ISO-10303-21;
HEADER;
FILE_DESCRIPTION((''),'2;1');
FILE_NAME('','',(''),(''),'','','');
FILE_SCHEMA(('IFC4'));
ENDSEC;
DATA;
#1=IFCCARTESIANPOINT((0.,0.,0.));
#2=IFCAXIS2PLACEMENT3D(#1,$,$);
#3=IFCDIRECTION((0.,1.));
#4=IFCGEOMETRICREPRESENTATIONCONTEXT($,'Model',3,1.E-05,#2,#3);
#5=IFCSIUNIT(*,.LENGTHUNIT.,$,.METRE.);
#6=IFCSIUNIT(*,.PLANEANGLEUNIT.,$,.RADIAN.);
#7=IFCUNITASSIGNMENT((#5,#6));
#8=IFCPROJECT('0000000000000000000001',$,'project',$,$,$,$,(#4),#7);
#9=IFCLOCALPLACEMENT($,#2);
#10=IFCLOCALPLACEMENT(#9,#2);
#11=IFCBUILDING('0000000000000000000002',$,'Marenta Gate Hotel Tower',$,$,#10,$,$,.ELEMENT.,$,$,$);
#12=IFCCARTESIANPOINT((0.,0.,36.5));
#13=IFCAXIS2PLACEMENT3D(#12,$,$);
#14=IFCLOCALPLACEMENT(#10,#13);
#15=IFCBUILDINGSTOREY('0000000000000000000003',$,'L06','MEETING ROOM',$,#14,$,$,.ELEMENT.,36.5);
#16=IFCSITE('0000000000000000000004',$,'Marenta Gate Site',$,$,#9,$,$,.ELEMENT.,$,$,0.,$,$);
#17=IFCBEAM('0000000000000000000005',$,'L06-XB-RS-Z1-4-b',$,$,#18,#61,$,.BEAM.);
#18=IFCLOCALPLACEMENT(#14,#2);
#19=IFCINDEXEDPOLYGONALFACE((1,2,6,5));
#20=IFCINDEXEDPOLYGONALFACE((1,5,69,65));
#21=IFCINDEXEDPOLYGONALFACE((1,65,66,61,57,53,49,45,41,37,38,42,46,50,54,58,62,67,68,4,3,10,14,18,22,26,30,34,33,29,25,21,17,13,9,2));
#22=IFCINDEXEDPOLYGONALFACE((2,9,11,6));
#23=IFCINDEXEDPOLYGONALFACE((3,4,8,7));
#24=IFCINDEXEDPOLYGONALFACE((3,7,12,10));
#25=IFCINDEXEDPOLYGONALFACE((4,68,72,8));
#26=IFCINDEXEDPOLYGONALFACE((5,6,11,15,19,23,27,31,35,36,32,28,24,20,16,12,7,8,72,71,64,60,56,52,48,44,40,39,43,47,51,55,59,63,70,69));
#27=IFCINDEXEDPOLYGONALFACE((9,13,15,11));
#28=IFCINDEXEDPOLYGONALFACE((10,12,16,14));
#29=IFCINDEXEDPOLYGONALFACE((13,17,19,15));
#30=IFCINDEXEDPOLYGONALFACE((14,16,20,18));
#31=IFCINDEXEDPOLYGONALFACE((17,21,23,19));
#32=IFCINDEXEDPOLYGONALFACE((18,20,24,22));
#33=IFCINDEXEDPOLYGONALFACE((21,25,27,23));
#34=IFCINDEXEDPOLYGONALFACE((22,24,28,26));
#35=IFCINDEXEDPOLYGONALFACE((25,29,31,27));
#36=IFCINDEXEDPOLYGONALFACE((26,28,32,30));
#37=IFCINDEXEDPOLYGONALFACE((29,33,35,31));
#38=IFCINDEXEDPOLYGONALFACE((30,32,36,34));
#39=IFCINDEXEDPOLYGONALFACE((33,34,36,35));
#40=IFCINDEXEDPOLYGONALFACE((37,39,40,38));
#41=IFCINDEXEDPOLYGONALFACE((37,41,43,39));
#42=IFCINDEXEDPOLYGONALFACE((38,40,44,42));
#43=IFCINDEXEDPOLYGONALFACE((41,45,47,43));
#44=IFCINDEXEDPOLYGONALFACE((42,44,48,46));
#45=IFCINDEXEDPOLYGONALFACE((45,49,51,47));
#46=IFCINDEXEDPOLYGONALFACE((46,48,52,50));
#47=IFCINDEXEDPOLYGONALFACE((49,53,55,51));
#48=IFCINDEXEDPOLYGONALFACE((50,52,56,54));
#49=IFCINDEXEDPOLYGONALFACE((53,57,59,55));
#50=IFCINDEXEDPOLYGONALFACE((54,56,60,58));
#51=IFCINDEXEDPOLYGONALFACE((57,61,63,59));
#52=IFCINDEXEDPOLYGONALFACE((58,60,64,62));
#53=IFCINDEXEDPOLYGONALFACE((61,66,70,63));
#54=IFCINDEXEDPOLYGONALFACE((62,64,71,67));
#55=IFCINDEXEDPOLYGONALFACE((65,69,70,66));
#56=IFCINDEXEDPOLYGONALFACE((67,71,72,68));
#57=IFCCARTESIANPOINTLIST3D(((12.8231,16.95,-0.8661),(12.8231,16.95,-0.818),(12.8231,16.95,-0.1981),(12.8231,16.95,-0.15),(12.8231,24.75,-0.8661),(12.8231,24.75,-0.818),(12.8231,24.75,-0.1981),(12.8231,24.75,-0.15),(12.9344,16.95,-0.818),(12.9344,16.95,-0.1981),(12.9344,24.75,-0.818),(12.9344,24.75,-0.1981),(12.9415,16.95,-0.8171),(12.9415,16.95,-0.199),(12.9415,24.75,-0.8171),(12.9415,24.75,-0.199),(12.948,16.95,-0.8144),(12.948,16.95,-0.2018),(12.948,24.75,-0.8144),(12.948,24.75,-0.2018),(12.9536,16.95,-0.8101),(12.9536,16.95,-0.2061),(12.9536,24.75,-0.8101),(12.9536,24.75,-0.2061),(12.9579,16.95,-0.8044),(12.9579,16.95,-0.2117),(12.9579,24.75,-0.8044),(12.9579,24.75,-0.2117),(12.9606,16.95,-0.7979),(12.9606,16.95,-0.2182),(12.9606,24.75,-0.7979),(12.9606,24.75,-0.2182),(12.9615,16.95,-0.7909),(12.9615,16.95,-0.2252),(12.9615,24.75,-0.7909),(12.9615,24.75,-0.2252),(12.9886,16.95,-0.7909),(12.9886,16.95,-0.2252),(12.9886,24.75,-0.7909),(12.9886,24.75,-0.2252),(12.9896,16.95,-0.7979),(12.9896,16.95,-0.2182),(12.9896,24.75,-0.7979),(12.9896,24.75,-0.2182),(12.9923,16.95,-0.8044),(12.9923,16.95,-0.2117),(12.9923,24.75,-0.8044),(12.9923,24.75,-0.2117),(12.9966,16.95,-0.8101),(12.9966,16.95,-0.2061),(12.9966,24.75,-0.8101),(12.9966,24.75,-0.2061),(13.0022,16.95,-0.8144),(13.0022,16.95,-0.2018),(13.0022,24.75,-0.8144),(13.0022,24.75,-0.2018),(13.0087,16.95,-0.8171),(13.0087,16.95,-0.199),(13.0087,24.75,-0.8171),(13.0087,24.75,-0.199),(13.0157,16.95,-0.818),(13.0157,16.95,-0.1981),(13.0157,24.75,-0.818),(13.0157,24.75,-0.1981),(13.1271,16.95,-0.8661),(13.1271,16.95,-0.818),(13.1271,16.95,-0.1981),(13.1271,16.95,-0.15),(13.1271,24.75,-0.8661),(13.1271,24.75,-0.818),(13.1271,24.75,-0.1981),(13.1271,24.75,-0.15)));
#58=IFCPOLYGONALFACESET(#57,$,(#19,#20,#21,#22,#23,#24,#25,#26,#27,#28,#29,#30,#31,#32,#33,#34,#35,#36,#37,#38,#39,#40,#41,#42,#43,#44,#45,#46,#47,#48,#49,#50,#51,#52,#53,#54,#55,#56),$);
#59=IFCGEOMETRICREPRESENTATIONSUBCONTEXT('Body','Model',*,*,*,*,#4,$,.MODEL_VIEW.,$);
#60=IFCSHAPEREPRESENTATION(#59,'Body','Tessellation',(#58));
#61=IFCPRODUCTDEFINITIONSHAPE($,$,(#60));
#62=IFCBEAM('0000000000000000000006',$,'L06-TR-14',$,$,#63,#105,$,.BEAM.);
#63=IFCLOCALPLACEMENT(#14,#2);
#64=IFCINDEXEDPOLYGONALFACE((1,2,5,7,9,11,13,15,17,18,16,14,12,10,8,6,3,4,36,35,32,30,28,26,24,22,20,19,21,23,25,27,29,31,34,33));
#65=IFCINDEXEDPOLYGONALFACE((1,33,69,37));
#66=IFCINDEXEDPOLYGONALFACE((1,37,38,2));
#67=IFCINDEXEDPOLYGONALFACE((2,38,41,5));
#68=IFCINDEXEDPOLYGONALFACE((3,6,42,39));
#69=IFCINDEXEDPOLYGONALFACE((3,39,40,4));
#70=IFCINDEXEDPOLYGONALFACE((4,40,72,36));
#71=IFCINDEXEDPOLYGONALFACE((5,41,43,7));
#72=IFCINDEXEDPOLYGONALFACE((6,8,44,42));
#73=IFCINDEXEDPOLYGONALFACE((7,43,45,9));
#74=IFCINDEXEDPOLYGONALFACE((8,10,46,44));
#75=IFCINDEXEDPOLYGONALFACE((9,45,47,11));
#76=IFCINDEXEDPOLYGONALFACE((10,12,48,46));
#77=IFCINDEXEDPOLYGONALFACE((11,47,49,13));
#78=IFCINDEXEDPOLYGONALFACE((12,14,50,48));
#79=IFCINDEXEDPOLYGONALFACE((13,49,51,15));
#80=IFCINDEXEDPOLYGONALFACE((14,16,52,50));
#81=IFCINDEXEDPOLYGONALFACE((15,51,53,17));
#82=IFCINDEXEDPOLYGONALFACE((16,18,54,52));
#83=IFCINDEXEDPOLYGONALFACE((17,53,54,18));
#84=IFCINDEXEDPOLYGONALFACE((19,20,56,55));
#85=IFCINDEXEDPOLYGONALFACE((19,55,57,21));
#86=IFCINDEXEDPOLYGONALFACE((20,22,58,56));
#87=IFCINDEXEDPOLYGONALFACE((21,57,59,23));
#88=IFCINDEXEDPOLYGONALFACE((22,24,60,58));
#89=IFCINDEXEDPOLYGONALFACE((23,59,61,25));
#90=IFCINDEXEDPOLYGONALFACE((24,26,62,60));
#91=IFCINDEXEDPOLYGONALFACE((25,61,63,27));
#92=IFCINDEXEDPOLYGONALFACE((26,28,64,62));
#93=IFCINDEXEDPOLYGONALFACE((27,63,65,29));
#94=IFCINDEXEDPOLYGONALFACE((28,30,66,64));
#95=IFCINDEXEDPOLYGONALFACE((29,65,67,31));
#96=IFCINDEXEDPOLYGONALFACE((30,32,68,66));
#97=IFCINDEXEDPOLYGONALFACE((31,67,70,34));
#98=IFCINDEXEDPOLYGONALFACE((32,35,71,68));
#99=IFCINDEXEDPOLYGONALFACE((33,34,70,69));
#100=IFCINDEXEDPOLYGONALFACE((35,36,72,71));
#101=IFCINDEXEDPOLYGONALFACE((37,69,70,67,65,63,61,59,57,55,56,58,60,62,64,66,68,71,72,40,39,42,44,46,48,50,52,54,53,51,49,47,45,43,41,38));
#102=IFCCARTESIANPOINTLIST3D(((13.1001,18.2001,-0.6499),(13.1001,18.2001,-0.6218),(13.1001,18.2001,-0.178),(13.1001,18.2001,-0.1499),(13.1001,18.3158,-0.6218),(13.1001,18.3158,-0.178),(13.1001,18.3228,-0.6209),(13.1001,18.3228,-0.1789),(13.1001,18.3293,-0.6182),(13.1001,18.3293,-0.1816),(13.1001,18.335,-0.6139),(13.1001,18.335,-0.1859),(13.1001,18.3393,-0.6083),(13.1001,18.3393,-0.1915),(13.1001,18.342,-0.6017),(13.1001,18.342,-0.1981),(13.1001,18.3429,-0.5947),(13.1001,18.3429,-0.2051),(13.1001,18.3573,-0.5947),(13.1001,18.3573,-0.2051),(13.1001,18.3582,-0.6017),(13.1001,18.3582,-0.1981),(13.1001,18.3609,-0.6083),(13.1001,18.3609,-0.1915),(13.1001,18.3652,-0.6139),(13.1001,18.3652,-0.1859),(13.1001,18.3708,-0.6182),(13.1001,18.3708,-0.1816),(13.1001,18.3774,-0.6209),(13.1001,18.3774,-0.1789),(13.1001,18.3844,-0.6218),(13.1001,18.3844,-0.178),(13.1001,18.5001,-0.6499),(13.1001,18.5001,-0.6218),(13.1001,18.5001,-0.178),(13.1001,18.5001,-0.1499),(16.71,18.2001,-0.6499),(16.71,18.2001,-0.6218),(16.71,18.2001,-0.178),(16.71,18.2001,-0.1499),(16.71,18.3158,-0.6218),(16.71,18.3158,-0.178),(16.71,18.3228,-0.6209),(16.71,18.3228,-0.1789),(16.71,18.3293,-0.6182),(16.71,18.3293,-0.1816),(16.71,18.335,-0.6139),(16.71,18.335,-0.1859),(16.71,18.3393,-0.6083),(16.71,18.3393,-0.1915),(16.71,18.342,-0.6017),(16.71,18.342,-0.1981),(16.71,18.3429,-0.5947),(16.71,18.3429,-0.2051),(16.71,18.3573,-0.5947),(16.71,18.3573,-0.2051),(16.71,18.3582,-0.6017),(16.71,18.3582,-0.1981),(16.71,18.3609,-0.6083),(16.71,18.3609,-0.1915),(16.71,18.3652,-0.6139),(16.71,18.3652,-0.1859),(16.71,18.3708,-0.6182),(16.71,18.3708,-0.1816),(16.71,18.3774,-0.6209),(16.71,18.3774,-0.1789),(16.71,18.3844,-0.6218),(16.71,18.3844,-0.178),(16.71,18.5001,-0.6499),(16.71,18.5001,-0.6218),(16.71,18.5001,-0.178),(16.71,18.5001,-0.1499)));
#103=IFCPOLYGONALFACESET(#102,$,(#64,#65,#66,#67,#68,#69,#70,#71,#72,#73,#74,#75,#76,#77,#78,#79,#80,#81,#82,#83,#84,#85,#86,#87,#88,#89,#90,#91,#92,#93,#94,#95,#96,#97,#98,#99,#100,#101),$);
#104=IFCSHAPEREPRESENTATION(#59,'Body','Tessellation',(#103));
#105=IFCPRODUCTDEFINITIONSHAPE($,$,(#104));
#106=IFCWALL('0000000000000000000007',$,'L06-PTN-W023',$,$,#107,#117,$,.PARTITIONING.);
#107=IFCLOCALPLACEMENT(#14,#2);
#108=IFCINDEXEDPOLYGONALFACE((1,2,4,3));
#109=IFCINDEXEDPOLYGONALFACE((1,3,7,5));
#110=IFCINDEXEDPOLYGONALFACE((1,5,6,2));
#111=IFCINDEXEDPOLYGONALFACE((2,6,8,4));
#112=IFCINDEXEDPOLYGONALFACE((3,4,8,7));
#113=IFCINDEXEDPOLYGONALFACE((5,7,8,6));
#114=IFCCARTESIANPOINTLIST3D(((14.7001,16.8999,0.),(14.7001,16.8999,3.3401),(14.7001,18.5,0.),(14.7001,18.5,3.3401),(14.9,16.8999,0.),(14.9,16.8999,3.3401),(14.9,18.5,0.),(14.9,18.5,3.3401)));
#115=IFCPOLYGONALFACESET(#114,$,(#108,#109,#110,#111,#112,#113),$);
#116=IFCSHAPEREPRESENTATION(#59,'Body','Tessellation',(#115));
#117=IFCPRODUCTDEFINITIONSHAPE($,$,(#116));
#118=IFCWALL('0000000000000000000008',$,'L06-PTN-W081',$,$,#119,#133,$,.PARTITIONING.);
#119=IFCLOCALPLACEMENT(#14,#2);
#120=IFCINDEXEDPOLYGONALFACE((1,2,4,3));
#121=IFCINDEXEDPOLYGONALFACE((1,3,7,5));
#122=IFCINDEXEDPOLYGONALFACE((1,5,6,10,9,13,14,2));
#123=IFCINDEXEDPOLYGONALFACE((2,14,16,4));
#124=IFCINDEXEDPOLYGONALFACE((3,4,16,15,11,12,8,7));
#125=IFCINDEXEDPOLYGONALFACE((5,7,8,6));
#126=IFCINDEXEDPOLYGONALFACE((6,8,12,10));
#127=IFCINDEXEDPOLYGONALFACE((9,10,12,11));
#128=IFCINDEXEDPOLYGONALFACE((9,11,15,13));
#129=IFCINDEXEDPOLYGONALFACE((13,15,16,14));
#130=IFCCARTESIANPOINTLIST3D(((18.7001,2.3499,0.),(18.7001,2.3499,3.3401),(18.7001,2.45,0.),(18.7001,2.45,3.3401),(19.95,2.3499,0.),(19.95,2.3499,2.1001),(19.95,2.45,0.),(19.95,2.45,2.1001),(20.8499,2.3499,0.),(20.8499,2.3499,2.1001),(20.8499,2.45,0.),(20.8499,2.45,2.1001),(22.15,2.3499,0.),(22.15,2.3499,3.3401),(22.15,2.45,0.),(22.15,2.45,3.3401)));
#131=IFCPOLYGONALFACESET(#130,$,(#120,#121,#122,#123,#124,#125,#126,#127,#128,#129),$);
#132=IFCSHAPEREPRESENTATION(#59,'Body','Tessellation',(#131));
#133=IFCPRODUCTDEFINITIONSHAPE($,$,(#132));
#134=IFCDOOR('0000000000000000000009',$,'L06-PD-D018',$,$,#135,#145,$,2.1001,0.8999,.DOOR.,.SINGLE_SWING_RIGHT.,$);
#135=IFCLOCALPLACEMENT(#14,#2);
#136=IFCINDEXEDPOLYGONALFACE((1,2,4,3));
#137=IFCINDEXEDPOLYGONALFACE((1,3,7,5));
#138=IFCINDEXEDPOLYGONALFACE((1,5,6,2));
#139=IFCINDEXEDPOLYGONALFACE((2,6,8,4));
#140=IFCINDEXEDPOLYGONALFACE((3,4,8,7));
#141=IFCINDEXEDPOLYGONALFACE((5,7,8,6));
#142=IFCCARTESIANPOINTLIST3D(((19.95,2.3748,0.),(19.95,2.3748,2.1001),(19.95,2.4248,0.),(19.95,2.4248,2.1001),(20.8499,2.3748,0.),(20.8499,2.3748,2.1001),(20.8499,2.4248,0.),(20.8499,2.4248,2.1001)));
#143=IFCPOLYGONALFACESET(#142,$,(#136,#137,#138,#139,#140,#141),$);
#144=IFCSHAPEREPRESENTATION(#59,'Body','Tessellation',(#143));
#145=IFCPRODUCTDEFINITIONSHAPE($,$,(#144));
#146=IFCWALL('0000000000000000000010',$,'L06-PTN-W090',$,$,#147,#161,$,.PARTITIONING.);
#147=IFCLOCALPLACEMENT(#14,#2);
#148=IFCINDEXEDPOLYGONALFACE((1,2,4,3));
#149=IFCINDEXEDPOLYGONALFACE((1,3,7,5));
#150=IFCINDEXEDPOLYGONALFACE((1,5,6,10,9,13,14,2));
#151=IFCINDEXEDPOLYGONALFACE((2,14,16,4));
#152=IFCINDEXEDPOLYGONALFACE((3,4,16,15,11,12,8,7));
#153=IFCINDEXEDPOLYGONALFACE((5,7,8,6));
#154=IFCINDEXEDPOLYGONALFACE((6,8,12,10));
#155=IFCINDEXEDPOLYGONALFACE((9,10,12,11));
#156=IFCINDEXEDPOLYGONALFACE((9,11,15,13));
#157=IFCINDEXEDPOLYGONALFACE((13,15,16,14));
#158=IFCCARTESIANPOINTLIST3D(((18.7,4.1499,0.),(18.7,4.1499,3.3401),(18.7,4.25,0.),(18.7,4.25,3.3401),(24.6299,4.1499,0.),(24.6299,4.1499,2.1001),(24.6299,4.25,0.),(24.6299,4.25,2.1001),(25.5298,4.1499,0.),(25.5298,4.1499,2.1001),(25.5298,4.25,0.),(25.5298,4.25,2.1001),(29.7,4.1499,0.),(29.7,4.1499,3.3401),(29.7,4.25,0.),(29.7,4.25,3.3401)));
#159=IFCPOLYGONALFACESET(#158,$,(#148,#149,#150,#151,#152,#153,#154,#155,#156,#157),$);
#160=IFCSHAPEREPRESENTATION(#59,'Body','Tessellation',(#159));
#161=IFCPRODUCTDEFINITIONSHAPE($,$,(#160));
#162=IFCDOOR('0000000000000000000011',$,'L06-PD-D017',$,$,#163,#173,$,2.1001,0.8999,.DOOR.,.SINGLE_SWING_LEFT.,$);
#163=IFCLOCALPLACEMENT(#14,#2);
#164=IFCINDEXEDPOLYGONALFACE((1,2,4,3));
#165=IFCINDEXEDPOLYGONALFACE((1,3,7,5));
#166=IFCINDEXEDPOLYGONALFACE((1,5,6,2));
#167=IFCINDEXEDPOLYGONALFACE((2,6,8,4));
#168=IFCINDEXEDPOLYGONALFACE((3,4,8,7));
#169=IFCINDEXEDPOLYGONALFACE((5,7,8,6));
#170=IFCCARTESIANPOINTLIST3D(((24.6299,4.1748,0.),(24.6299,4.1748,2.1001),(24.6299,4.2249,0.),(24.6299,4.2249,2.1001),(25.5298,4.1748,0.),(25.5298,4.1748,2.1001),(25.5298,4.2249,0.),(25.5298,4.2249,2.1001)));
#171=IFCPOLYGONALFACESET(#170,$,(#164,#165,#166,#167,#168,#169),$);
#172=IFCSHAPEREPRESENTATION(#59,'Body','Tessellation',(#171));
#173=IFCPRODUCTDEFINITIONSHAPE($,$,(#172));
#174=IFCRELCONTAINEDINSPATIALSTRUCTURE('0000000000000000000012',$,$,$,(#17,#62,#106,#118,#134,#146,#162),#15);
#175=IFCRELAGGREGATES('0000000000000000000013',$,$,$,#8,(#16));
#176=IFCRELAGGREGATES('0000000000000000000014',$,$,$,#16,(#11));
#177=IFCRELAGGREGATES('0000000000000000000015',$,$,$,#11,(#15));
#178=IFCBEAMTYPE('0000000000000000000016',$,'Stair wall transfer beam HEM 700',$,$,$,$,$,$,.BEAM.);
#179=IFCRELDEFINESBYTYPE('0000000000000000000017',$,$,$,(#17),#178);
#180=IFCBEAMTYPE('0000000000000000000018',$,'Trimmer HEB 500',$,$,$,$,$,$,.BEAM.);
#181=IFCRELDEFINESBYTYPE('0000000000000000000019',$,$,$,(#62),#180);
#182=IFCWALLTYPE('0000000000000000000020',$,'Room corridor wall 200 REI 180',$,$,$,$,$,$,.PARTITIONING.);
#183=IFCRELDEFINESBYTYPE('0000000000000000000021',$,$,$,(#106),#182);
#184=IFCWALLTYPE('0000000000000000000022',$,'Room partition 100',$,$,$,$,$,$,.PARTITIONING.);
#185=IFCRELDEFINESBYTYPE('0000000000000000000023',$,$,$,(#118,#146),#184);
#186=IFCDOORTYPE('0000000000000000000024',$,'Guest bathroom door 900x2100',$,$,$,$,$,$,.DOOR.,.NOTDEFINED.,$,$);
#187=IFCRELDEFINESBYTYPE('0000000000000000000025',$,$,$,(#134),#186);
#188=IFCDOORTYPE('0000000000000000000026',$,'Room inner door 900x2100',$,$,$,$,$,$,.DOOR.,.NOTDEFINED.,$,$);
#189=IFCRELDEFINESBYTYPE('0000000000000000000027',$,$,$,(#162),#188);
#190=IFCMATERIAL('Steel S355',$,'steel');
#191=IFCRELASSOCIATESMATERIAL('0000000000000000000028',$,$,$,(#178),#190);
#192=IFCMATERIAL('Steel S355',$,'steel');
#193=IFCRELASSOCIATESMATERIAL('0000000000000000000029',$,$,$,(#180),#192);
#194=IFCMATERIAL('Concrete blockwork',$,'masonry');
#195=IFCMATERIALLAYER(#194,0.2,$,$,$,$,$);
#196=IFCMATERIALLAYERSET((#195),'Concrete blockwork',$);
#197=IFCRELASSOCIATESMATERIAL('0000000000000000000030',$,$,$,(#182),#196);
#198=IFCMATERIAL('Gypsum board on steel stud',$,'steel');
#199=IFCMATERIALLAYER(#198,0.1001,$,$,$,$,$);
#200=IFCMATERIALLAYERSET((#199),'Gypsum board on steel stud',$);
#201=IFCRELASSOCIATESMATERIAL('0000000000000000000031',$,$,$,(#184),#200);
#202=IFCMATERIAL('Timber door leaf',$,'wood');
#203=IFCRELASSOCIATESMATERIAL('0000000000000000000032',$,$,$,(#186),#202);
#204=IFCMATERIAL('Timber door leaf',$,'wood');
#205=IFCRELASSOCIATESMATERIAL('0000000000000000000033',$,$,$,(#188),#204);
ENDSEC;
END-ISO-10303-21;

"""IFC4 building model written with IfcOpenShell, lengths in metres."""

from ifc_helpers import new_model, si_unit, direction, frame, frame_2d, origin, origin_2d, place, context, subcontext, project, spatial, rectangle, i_section, extrude, material, layer, layer_set, material_profile, profile_set, type_object, element, fill, save


model = new_model("IFC4")

# Units and contexts
model_context = context("Model", 3, precision=1e-05, world=origin(), true_north=direction((0.0, 1.0)))
body_context = subcontext(model_context, "Body", "Model", "MODEL_VIEW")
ifc_project = project(units=[si_unit("LENGTHUNIT", "METRE"), si_unit("PLANEANGLEUNIT", "RADIAN")], contexts=[model_context])

# Site, building, storey
site_placement = place(None, origin())
site = spatial("IfcSite", under=ifc_project, at=site_placement, Name="Marenta Gate Site", CompositionType="ELEMENT", RefElevation=0.0)
building_placement = place(site_placement, origin())
building = spatial("IfcBuilding", under=site, at=building_placement, Name="Marenta Gate Hotel Tower", CompositionType="ELEMENT")
storey_placement = place(building_placement, frame((0.0, 0.0, 36.5)))
storey = spatial("IfcBuildingStorey", under=building, at=storey_placement, Name="L06", Description="MEETING ROOM", CompositionType="ELEMENT", Elevation=36.5)

# Beams
ifc_material_1 = material(Name="Steel S355", Category="steel")
ifc_material_profile_1 = material_profile(ifc_material_1, i_section(OverallWidth=0.304, OverallDepth=0.7161, WebThickness=0.0271, FlangeThickness=0.0481, FilletRadius=0.0271, at=origin_2d()), Name="HEM 700")
ifc_profile_set_1 = profile_set([ifc_material_profile_1], Name="Steel S355")
beam_type_1 = type_object("IfcBeamType", Name="Stair wall transfer beam HEM 700", PredefinedType="BEAM", material=ifc_profile_set_1)
beam_1_placement = place(storey_placement, frame((12.9751, 16.95, -0.5081), z_axis=(0.0, 1.0, 0.0), x_axis=(-1.0, 0.0, 0.0)))
element("IfcBeam", 1, at=beam_1_placement, inside=storey, type_object=beam_type_1, Name="L06-XB-RS-Z1-4-b", PredefinedType="BEAM", context=body_context, shape_type="SweptSolid", body=[
    extrude(i_section(OverallWidth=0.304, OverallDepth=0.7161, WebThickness=0.0271, FlangeThickness=0.0481, FilletRadius=0.0271, at=origin_2d()), origin(), (0.0, 0.0, 1.0), 7.8),
])
ifc_material_2 = material(Name="Steel S355", Category="steel")
ifc_material_profile_2 = material_profile(ifc_material_2, i_section(OverallWidth=0.3, OverallDepth=0.5, WebThickness=0.0144, FlangeThickness=0.0281, FilletRadius=0.0271, at=origin_2d()), Name="HEB 500")
ifc_profile_set_2 = profile_set([ifc_material_profile_2], Name="Steel S355")
beam_type_2 = type_object("IfcBeamType", Name="Trimmer HEB 500", PredefinedType="BEAM", material=ifc_profile_set_2)
beam_2_placement = place(storey_placement, frame((13.1001, 18.3501, -0.3999), z_axis=(1.0, 0.0, 0.0), x_axis=(0.0, 1.0, 0.0)))
element("IfcBeam", 2, at=beam_2_placement, inside=storey, type_object=beam_type_2, Name="L06-TR-14", PredefinedType="BEAM", context=body_context, shape_type="SweptSolid", body=[
    extrude(i_section(OverallWidth=0.3, OverallDepth=0.5, WebThickness=0.0144, FlangeThickness=0.0281, FilletRadius=0.0271, at=origin_2d()), origin(), (0.0, 0.0, 1.0), 3.6099),
])

# Wall
ifc_material_3 = material(Name="Concrete blockwork", Category="masonry")
ifc_layer_1 = layer(ifc_material_3, 0.2)
ifc_layer_set_1 = layer_set([ifc_layer_1], Name="Concrete blockwork")
wall_type_1 = type_object("IfcWallType", Name="Room corridor wall 200 REI 180", PredefinedType="PARTITIONING", material=ifc_layer_set_1)
wall_1_placement = place(storey_placement, frame((14.8, 16.8999, 0.0), z_axis=(0.0, 0.0, 1.0), x_axis=(0.0, 1.0, 0.0)))
element("IfcWall", 3, at=wall_1_placement, inside=storey, type_object=wall_type_1, Name="L06-PTN-W023", PredefinedType="PARTITIONING", context=body_context, shape_type="SweptSolid", body=[
    extrude(rectangle(XDim=1.6001, YDim=0.2, at=frame_2d((0.8, 0.0))), origin(), (0.0, 0.0, 1.0), 3.3401),
])

# Walls, openings, doors
ifc_material_4 = material(Name="Gypsum board on steel stud", Category="steel")
ifc_layer_2 = layer(ifc_material_4, 0.1001)
ifc_layer_set_2 = layer_set([ifc_layer_2], Name="Gypsum board on steel stud")
wall_type_2 = type_object("IfcWallType", Name="Room partition 100", PredefinedType="PARTITIONING", material=ifc_layer_set_2)
wall_2_placement = place(storey_placement, frame((18.7, 2.3999, 0.0), z_axis=(0.0, 0.0, 1.0), x_axis=(1.0, 0.0, 0.0)))
wall_2 = element("IfcWall", 4, at=wall_2_placement, inside=storey, type_object=wall_type_2, Name="L06-PTN-W081", PredefinedType="PARTITIONING", context=body_context, shape_type="SweptSolid", body=[
    extrude(rectangle(XDim=3.45, YDim=0.1001, at=frame_2d((1.7251, 0.0))), origin(), (0.0, 0.0, 1.0), 3.3401),
])
opening_1_placement = place(wall_2_placement, frame((1.25, 0.0, 0.0)))
opening_1 = element("IfcOpeningElement", 5, at=opening_1_placement, cuts=wall_2, PredefinedType="OPENING", context=body_context, shape_type="SweptSolid", body=[
    extrude(rectangle(XDim=0.8999, YDim=2.1001, at=frame_2d((0.45, 1.05))), frame((0.0, 0.05, 0.0), z_axis=(0.0, -1.0, 0.0), x_axis=(1.0, 0.0, 0.0)), (0.0, 0.0, 1.0), 0.1001),
])
ifc_material_5 = material(Name="Timber door leaf", Category="wood")
door_type_1 = type_object("IfcDoorType", Name="Guest bathroom door 900x2100", OperationType="NOTDEFINED", PredefinedType="DOOR", material=ifc_material_5)
door_1_placement = place(opening_1_placement, origin())
door_1 = element("IfcDoor", 6, at=door_1_placement, inside=storey, type_object=door_type_1, Name="L06-PD-D018", OperationType="SINGLE_SWING_RIGHT", OverallHeight=2.1001, OverallWidth=0.8999, PredefinedType="DOOR", context=body_context, shape_type="SweptSolid", body=[
    extrude(rectangle(XDim=0.8999, YDim=2.1001, at=frame_2d((0.45, 1.05))), frame((0.0, 0.0249, 0.0), z_axis=(0.0, -1.0, 0.0), x_axis=(1.0, 0.0, 0.0)), (0.0, 0.0, 1.0), 0.05),
])
fill(opening_1, door_1)
wall_3_placement = place(storey_placement, frame((18.7, 4.2, 0.0), z_axis=(0.0, 0.0, 1.0), x_axis=(1.0, 0.0, 0.0)))
wall_3 = element("IfcWall", 7, at=wall_3_placement, inside=storey, type_object=wall_type_2, Name="L06-PTN-W090", PredefinedType="PARTITIONING", context=body_context, shape_type="SweptSolid", body=[
    extrude(rectangle(XDim=11.0, YDim=0.1001, at=frame_2d((5.5, 0.0))), origin(), (0.0, 0.0, 1.0), 3.3401),
])
opening_2_placement = place(wall_3_placement, frame((5.9299, 0.0, 0.0)))
opening_2 = element("IfcOpeningElement", 8, at=opening_2_placement, cuts=wall_3, PredefinedType="OPENING", context=body_context, shape_type="SweptSolid", body=[
    extrude(rectangle(XDim=0.8999, YDim=2.1001, at=frame_2d((0.45, 1.05))), frame((0.0, 0.05, 0.0), z_axis=(0.0, -1.0, 0.0), x_axis=(1.0, 0.0, 0.0)), (0.0, 0.0, 1.0), 0.1001),
])
ifc_material_6 = material(Name="Timber door leaf", Category="wood")
door_type_2 = type_object("IfcDoorType", Name="Room inner door 900x2100", OperationType="NOTDEFINED", PredefinedType="DOOR", material=ifc_material_6)
door_2_placement = place(opening_2_placement, origin())
door_2 = element("IfcDoor", 9, at=door_2_placement, inside=storey, type_object=door_type_2, Name="L06-PD-D017", OperationType="SINGLE_SWING_LEFT", OverallHeight=2.1001, OverallWidth=0.8999, PredefinedType="DOOR", context=body_context, shape_type="SweptSolid", body=[
    extrude(rectangle(XDim=0.8999, YDim=2.1001, at=frame_2d((0.45, 1.05))), frame((0.0, 0.0249, 0.0), z_axis=(0.0, -1.0, 0.0), x_axis=(1.0, 0.0, 0.0)), (0.0, 0.0, 1.0), 0.05),
])
fill(opening_2, door_2)

save(model, "model.ifc")
